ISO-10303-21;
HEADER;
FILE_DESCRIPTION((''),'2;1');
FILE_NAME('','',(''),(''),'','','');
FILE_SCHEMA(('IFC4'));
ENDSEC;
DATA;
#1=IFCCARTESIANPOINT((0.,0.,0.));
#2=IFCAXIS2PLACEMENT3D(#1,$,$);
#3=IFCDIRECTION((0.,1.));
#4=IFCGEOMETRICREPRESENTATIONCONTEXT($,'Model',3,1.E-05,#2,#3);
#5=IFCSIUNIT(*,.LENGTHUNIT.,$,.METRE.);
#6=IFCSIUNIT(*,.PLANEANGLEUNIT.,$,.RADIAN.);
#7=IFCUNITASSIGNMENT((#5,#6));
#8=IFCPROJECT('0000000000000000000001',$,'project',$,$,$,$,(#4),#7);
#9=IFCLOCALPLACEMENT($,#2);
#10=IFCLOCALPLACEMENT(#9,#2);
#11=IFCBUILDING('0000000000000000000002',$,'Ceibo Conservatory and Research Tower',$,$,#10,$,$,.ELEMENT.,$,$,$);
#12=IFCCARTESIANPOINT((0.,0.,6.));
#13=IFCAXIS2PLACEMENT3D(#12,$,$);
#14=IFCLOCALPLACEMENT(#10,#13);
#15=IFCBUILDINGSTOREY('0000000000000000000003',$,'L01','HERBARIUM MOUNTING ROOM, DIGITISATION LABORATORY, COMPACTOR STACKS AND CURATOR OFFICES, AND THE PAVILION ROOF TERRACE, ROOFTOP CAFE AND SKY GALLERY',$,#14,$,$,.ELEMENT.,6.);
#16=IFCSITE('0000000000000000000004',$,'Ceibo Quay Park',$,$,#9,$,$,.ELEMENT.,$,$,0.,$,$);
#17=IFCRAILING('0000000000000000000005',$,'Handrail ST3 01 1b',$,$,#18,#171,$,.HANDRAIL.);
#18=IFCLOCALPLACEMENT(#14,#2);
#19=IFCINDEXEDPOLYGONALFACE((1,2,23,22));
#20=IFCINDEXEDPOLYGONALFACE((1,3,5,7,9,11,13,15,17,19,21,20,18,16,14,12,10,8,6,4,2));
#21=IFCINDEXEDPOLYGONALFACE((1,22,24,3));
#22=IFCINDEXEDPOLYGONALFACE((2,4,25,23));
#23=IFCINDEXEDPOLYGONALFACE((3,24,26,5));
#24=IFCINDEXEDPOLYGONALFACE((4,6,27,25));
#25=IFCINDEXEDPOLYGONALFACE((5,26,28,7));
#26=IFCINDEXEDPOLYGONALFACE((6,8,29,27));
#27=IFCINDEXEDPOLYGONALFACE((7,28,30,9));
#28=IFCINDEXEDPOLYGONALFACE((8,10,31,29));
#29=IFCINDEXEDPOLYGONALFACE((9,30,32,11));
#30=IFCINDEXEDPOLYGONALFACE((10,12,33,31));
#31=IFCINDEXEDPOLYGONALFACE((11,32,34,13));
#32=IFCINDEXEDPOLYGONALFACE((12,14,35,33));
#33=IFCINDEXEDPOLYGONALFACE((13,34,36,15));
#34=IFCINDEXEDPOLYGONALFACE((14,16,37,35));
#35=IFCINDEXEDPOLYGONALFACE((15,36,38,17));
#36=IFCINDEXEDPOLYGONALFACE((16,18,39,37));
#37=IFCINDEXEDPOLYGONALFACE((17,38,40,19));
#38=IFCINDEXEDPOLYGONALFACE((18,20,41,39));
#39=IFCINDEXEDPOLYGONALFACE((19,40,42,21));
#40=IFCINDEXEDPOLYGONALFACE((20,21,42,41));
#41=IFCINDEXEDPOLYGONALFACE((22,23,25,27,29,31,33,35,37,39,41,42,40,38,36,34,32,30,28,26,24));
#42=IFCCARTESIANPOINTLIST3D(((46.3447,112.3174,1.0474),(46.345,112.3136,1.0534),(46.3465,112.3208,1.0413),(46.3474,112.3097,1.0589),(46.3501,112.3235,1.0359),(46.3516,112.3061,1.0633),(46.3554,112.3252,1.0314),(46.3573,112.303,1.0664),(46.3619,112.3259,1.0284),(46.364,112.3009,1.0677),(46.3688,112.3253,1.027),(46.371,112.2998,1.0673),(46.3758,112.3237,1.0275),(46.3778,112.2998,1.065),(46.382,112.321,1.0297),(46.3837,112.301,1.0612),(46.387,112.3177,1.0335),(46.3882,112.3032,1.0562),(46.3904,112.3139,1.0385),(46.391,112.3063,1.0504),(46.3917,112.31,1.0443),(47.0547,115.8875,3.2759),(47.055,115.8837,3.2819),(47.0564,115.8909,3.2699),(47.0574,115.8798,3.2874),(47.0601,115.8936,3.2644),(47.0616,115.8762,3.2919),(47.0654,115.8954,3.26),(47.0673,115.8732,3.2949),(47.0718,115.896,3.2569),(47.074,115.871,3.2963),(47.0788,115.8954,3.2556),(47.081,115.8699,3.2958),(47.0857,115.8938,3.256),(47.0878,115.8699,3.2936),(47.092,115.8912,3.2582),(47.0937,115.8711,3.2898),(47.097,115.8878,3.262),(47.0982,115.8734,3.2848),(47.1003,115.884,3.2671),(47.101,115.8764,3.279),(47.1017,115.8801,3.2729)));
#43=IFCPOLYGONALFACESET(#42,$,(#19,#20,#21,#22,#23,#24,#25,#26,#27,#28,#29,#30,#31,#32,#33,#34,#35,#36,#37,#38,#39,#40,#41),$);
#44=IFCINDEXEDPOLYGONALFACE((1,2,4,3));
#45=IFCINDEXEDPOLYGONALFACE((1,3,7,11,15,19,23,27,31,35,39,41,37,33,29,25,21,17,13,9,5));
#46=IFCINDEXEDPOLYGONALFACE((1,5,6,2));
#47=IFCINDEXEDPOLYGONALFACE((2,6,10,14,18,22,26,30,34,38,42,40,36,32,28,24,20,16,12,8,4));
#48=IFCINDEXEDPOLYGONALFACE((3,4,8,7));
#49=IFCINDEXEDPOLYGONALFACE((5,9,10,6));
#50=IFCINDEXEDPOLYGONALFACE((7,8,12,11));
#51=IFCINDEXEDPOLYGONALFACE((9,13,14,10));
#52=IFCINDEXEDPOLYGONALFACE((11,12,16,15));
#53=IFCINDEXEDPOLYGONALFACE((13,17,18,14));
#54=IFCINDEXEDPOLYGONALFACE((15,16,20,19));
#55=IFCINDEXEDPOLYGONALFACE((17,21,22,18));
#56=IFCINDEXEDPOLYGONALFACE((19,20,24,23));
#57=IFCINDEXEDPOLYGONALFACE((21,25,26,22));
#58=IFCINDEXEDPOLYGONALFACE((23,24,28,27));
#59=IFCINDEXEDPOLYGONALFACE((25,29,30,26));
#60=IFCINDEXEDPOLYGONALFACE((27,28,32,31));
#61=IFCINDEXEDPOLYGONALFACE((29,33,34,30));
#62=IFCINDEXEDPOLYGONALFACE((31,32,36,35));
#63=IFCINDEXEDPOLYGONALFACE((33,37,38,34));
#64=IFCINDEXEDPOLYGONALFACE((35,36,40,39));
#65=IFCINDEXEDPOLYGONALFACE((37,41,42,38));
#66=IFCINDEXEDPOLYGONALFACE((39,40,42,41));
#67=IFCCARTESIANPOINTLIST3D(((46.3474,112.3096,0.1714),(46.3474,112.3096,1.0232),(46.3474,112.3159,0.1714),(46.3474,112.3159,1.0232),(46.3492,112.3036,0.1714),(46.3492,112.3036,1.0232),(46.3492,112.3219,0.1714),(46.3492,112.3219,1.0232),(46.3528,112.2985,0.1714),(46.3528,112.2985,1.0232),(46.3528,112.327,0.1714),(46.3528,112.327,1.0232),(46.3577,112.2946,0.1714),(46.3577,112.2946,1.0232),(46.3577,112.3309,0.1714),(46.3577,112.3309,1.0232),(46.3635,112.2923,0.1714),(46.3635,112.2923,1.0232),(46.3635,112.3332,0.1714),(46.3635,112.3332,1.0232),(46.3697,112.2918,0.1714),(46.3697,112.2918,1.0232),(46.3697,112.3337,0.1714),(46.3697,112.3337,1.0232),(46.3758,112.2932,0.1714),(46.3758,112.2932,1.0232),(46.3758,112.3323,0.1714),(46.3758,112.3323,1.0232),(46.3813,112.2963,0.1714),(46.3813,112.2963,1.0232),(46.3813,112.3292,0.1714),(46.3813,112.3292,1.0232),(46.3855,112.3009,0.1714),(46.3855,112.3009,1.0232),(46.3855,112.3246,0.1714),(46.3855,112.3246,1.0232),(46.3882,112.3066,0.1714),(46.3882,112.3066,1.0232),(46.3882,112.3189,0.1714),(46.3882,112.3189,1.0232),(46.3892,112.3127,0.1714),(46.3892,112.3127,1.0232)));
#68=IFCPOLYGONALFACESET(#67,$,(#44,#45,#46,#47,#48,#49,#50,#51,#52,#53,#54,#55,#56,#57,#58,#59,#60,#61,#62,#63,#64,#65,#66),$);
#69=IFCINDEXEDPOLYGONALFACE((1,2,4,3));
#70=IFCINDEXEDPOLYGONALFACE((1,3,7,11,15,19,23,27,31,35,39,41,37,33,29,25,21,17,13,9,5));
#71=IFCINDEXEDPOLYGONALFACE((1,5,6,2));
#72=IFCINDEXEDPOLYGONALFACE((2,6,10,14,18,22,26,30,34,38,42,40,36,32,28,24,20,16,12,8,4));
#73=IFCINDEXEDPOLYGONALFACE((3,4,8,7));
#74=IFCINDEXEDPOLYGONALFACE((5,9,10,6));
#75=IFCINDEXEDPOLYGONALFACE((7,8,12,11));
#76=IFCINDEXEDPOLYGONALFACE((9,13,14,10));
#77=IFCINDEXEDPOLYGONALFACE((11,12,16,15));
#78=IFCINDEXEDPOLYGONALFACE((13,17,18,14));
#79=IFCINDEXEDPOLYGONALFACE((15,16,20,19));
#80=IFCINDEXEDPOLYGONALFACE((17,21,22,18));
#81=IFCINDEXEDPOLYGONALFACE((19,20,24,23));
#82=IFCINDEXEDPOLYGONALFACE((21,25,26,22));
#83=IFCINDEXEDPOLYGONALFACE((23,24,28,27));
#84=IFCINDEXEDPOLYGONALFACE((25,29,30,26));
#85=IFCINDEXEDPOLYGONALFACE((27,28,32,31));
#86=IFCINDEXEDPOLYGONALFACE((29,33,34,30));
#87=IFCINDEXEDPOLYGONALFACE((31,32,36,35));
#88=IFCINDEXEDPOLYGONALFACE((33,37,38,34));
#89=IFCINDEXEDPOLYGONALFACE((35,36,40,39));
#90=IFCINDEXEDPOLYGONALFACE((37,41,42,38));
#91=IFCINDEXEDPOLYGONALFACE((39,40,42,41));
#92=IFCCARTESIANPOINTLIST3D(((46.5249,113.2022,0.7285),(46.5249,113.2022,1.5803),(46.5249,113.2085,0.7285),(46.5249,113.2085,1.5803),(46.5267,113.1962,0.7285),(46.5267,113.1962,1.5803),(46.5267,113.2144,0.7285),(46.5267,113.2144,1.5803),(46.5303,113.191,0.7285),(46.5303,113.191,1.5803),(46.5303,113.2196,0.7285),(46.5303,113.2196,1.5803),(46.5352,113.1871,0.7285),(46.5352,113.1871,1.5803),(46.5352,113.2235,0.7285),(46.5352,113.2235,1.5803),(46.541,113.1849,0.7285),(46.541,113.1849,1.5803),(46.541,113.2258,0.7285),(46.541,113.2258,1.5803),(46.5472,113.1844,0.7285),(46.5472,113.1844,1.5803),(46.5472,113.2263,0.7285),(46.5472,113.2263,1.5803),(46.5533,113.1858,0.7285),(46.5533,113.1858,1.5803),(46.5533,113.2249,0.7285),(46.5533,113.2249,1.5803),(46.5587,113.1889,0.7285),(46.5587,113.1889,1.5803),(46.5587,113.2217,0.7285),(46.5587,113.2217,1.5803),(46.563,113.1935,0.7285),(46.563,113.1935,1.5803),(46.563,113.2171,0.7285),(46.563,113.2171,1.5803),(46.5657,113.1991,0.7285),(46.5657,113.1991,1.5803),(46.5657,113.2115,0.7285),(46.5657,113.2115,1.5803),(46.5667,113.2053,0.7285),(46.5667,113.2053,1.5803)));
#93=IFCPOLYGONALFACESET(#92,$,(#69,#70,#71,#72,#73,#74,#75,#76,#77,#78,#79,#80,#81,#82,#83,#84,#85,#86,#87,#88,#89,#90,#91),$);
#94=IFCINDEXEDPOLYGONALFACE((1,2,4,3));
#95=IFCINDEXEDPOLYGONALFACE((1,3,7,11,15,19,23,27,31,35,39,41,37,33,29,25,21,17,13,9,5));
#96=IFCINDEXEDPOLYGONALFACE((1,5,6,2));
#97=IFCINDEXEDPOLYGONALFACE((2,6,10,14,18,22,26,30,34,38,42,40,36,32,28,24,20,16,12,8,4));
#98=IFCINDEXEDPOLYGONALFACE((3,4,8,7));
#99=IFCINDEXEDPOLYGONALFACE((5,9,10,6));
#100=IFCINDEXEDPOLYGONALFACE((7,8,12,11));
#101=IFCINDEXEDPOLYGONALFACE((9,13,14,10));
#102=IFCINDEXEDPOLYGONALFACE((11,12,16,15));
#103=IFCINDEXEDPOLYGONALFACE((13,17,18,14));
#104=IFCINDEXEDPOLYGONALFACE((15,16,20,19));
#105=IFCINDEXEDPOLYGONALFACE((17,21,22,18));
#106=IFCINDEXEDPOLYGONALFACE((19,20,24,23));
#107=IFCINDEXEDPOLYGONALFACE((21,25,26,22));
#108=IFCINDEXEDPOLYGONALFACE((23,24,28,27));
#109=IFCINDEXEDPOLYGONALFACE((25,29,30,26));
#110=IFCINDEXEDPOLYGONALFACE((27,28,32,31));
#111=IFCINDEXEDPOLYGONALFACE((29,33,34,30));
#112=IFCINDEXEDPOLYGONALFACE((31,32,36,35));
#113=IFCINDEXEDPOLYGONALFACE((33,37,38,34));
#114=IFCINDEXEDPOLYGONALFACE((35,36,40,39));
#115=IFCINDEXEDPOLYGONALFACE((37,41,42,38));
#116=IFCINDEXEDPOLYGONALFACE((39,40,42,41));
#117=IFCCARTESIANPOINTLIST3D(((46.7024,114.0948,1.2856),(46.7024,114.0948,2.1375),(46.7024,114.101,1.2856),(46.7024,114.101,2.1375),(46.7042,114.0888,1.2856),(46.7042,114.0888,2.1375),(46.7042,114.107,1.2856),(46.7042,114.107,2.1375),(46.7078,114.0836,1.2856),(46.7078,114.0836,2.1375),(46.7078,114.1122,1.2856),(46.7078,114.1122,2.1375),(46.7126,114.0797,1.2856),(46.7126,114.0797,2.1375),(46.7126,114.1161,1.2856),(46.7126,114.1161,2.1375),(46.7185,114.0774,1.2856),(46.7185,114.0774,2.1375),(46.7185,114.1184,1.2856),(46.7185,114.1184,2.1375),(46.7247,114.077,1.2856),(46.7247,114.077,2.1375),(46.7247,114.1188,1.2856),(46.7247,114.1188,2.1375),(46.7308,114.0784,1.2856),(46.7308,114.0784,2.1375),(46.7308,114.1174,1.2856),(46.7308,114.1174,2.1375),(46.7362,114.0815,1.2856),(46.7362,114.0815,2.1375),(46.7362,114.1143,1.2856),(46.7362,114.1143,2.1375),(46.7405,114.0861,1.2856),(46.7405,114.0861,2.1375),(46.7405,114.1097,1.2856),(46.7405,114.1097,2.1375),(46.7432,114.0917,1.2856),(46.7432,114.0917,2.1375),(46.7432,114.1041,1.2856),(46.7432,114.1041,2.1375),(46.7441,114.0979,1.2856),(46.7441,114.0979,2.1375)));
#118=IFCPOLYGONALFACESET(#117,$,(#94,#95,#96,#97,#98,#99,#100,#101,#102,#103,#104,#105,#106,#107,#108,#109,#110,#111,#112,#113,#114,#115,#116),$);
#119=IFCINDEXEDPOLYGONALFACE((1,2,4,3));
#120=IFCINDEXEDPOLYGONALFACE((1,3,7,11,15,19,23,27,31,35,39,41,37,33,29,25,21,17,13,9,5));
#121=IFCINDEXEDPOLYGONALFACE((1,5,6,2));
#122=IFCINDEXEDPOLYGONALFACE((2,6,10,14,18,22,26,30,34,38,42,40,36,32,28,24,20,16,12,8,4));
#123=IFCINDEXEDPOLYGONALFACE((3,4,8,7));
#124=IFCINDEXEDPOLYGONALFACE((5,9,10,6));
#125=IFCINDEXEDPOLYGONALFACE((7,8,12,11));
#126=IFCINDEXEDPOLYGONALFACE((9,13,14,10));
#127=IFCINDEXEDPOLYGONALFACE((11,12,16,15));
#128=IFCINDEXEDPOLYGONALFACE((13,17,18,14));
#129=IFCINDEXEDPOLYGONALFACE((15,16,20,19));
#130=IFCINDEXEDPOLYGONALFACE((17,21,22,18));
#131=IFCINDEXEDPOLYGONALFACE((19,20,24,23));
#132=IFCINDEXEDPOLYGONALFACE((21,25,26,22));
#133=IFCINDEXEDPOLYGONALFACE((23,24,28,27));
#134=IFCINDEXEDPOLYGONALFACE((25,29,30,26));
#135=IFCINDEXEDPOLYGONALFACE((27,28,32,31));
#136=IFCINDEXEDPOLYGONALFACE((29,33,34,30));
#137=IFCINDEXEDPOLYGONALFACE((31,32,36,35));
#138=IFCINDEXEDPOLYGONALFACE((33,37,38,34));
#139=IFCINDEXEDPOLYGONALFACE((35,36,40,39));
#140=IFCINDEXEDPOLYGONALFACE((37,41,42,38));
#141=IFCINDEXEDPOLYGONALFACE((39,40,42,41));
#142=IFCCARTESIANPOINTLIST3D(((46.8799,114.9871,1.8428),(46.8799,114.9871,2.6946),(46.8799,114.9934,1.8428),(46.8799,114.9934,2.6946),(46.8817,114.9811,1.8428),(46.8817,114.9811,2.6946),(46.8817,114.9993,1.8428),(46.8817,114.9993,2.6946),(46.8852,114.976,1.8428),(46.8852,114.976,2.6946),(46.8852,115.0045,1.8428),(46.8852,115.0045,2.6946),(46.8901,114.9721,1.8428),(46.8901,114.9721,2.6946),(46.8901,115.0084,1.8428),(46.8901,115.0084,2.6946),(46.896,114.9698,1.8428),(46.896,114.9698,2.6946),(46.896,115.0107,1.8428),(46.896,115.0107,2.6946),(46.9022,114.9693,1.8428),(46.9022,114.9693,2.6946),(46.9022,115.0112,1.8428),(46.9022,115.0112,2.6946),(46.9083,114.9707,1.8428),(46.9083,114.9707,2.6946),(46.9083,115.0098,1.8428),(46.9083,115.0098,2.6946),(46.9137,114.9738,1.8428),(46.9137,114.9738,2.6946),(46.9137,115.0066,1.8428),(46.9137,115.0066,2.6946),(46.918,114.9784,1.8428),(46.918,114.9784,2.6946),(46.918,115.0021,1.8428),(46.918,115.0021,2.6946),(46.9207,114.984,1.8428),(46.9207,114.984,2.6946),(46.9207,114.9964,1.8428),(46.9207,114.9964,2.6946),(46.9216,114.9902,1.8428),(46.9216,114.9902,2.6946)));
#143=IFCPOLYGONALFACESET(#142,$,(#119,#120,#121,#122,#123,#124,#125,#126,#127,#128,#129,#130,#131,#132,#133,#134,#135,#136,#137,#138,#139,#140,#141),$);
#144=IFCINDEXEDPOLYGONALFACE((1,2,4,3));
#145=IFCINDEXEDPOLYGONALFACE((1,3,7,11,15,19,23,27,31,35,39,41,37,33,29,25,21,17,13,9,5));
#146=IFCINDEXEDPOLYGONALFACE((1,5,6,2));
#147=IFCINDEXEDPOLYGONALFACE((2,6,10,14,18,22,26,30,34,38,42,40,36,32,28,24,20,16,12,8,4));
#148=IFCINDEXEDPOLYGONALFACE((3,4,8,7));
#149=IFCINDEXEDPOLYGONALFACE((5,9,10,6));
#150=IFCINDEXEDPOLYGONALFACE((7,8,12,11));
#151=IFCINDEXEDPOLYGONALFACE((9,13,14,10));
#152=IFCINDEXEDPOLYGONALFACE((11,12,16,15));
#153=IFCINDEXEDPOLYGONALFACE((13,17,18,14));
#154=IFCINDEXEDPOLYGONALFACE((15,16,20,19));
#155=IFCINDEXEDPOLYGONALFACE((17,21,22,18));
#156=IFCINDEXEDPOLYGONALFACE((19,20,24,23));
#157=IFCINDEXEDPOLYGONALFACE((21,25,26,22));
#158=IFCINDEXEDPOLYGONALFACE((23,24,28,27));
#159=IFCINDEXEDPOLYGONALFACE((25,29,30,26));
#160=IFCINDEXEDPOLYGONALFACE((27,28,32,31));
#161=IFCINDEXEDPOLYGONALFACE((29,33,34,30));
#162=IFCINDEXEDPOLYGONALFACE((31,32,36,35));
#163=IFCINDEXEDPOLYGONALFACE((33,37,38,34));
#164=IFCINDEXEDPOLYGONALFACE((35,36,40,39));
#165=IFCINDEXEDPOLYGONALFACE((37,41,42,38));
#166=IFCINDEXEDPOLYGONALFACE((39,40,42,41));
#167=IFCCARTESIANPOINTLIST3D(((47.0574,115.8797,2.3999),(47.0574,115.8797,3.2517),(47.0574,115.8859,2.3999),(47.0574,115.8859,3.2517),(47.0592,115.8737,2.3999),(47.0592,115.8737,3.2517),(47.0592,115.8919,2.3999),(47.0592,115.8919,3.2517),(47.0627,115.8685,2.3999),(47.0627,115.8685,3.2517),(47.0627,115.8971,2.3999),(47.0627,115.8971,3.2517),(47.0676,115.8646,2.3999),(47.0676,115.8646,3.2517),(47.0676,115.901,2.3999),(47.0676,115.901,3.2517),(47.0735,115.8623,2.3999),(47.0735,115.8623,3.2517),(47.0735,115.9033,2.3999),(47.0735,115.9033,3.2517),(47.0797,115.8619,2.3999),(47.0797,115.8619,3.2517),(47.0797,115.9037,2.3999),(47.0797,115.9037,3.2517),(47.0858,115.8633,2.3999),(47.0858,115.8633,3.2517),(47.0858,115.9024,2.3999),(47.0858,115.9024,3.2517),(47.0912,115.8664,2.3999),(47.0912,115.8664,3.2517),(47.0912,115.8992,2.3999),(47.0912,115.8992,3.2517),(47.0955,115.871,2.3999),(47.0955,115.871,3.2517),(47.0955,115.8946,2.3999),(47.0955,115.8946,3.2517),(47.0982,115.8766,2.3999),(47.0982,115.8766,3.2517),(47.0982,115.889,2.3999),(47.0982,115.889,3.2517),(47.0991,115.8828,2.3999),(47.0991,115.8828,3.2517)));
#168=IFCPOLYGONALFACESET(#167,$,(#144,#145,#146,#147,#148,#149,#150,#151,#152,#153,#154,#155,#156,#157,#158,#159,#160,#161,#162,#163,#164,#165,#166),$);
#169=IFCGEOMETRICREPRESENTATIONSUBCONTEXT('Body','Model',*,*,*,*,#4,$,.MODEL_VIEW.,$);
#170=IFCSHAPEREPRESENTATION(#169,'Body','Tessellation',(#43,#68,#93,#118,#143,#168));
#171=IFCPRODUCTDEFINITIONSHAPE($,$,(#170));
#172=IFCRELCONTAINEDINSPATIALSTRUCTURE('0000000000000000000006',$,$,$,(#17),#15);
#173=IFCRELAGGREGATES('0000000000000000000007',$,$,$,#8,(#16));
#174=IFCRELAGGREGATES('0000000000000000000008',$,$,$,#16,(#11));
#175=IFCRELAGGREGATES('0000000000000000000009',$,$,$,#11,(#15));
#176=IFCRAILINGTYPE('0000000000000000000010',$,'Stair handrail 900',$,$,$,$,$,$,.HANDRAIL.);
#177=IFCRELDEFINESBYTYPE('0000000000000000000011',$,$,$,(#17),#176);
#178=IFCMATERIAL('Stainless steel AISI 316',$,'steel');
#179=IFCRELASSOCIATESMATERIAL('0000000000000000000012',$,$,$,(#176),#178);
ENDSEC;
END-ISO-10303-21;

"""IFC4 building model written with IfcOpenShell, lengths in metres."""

from ifc_helpers import new_model, si_unit, direction, frame, origin, origin_2d, place, context, subcontext, project, spatial, circle, extrude, material, type_object, element, save


model = new_model("IFC4")

# Units and contexts
model_context = context("Model", 3, precision=1e-05, world=origin(), true_north=direction((0.0, 1.0)))
body_context = subcontext(model_context, "Body", "Model", "MODEL_VIEW")
ifc_project = project(units=[si_unit("LENGTHUNIT", "METRE"), si_unit("PLANEANGLEUNIT", "RADIAN")], contexts=[model_context])

# Site, building, storey
site_placement = place(None, origin())
site = spatial("IfcSite", under=ifc_project, at=site_placement, Name="Ceibo Quay Park", CompositionType="ELEMENT", RefElevation=0.0)
building_placement = place(site_placement, origin())
building = spatial("IfcBuilding", under=site, at=building_placement, Name="Ceibo Conservatory and Research Tower", CompositionType="ELEMENT")
storey_placement = place(building_placement, frame((0.0, 0.0, 6.0)))
storey = spatial("IfcBuildingStorey", under=building, at=storey_placement, Name="L01", Description="HERBARIUM MOUNTING ROOM, DIGITISATION LABORATORY, COMPACTOR STACKS AND CURATOR OFFICES, AND THE PAVILION ROOF TERRACE, ROOFTOP CAFE AND SKY GALLERY", CompositionType="ELEMENT", Elevation=6.0)

# Railing
ifc_material_1 = material(Name="Stainless steel AISI 316", Category="steel")
railing_type = type_object("IfcRailingType", Name="Stair handrail 900", PredefinedType="HANDRAIL", material=ifc_material_1)
railing_1_placement = place(storey_placement, frame((46.3682, 112.3127, 0.1714)))
element("IfcRailing", 1, at=railing_1_placement, inside=storey, type_object=railing_type, Name="Handrail ST3 01 1b", PredefinedType="HANDRAIL", context=body_context, shape_type="SweptSolid", body=[
    extrude(circle(Radius=0.0239, at=origin_2d()), frame((0.0, 0.0, 0.876), z_axis=(0.166346, 0.836476, 0.522147), x_axis=(-0.980794, 0.195045, 0.0)), (0.0, 0.0, 1.0), 4.2681),
    extrude(circle(Radius=0.021, at=origin_2d()), origin(), (0.0, 0.0, 1.0), 0.8518),
    extrude(circle(Radius=0.021, at=origin_2d()), frame((0.1775, 0.8926, 0.5571)), (0.0, 0.0, 1.0), 0.8518),
    extrude(circle(Radius=0.021, at=origin_2d()), frame((0.355, 1.7852, 1.1143)), (0.0, 0.0, 1.0), 0.8518),
    extrude(circle(Radius=0.021, at=origin_2d()), frame((0.5325, 2.6775, 1.6714)), (0.0, 0.0, 1.0), 0.8518),
    extrude(circle(Radius=0.021, at=origin_2d()), frame((0.71, 3.5701, 2.2285)), (0.0, 0.0, 1.0), 0.8518),
])

save(model, "model.ifc")
